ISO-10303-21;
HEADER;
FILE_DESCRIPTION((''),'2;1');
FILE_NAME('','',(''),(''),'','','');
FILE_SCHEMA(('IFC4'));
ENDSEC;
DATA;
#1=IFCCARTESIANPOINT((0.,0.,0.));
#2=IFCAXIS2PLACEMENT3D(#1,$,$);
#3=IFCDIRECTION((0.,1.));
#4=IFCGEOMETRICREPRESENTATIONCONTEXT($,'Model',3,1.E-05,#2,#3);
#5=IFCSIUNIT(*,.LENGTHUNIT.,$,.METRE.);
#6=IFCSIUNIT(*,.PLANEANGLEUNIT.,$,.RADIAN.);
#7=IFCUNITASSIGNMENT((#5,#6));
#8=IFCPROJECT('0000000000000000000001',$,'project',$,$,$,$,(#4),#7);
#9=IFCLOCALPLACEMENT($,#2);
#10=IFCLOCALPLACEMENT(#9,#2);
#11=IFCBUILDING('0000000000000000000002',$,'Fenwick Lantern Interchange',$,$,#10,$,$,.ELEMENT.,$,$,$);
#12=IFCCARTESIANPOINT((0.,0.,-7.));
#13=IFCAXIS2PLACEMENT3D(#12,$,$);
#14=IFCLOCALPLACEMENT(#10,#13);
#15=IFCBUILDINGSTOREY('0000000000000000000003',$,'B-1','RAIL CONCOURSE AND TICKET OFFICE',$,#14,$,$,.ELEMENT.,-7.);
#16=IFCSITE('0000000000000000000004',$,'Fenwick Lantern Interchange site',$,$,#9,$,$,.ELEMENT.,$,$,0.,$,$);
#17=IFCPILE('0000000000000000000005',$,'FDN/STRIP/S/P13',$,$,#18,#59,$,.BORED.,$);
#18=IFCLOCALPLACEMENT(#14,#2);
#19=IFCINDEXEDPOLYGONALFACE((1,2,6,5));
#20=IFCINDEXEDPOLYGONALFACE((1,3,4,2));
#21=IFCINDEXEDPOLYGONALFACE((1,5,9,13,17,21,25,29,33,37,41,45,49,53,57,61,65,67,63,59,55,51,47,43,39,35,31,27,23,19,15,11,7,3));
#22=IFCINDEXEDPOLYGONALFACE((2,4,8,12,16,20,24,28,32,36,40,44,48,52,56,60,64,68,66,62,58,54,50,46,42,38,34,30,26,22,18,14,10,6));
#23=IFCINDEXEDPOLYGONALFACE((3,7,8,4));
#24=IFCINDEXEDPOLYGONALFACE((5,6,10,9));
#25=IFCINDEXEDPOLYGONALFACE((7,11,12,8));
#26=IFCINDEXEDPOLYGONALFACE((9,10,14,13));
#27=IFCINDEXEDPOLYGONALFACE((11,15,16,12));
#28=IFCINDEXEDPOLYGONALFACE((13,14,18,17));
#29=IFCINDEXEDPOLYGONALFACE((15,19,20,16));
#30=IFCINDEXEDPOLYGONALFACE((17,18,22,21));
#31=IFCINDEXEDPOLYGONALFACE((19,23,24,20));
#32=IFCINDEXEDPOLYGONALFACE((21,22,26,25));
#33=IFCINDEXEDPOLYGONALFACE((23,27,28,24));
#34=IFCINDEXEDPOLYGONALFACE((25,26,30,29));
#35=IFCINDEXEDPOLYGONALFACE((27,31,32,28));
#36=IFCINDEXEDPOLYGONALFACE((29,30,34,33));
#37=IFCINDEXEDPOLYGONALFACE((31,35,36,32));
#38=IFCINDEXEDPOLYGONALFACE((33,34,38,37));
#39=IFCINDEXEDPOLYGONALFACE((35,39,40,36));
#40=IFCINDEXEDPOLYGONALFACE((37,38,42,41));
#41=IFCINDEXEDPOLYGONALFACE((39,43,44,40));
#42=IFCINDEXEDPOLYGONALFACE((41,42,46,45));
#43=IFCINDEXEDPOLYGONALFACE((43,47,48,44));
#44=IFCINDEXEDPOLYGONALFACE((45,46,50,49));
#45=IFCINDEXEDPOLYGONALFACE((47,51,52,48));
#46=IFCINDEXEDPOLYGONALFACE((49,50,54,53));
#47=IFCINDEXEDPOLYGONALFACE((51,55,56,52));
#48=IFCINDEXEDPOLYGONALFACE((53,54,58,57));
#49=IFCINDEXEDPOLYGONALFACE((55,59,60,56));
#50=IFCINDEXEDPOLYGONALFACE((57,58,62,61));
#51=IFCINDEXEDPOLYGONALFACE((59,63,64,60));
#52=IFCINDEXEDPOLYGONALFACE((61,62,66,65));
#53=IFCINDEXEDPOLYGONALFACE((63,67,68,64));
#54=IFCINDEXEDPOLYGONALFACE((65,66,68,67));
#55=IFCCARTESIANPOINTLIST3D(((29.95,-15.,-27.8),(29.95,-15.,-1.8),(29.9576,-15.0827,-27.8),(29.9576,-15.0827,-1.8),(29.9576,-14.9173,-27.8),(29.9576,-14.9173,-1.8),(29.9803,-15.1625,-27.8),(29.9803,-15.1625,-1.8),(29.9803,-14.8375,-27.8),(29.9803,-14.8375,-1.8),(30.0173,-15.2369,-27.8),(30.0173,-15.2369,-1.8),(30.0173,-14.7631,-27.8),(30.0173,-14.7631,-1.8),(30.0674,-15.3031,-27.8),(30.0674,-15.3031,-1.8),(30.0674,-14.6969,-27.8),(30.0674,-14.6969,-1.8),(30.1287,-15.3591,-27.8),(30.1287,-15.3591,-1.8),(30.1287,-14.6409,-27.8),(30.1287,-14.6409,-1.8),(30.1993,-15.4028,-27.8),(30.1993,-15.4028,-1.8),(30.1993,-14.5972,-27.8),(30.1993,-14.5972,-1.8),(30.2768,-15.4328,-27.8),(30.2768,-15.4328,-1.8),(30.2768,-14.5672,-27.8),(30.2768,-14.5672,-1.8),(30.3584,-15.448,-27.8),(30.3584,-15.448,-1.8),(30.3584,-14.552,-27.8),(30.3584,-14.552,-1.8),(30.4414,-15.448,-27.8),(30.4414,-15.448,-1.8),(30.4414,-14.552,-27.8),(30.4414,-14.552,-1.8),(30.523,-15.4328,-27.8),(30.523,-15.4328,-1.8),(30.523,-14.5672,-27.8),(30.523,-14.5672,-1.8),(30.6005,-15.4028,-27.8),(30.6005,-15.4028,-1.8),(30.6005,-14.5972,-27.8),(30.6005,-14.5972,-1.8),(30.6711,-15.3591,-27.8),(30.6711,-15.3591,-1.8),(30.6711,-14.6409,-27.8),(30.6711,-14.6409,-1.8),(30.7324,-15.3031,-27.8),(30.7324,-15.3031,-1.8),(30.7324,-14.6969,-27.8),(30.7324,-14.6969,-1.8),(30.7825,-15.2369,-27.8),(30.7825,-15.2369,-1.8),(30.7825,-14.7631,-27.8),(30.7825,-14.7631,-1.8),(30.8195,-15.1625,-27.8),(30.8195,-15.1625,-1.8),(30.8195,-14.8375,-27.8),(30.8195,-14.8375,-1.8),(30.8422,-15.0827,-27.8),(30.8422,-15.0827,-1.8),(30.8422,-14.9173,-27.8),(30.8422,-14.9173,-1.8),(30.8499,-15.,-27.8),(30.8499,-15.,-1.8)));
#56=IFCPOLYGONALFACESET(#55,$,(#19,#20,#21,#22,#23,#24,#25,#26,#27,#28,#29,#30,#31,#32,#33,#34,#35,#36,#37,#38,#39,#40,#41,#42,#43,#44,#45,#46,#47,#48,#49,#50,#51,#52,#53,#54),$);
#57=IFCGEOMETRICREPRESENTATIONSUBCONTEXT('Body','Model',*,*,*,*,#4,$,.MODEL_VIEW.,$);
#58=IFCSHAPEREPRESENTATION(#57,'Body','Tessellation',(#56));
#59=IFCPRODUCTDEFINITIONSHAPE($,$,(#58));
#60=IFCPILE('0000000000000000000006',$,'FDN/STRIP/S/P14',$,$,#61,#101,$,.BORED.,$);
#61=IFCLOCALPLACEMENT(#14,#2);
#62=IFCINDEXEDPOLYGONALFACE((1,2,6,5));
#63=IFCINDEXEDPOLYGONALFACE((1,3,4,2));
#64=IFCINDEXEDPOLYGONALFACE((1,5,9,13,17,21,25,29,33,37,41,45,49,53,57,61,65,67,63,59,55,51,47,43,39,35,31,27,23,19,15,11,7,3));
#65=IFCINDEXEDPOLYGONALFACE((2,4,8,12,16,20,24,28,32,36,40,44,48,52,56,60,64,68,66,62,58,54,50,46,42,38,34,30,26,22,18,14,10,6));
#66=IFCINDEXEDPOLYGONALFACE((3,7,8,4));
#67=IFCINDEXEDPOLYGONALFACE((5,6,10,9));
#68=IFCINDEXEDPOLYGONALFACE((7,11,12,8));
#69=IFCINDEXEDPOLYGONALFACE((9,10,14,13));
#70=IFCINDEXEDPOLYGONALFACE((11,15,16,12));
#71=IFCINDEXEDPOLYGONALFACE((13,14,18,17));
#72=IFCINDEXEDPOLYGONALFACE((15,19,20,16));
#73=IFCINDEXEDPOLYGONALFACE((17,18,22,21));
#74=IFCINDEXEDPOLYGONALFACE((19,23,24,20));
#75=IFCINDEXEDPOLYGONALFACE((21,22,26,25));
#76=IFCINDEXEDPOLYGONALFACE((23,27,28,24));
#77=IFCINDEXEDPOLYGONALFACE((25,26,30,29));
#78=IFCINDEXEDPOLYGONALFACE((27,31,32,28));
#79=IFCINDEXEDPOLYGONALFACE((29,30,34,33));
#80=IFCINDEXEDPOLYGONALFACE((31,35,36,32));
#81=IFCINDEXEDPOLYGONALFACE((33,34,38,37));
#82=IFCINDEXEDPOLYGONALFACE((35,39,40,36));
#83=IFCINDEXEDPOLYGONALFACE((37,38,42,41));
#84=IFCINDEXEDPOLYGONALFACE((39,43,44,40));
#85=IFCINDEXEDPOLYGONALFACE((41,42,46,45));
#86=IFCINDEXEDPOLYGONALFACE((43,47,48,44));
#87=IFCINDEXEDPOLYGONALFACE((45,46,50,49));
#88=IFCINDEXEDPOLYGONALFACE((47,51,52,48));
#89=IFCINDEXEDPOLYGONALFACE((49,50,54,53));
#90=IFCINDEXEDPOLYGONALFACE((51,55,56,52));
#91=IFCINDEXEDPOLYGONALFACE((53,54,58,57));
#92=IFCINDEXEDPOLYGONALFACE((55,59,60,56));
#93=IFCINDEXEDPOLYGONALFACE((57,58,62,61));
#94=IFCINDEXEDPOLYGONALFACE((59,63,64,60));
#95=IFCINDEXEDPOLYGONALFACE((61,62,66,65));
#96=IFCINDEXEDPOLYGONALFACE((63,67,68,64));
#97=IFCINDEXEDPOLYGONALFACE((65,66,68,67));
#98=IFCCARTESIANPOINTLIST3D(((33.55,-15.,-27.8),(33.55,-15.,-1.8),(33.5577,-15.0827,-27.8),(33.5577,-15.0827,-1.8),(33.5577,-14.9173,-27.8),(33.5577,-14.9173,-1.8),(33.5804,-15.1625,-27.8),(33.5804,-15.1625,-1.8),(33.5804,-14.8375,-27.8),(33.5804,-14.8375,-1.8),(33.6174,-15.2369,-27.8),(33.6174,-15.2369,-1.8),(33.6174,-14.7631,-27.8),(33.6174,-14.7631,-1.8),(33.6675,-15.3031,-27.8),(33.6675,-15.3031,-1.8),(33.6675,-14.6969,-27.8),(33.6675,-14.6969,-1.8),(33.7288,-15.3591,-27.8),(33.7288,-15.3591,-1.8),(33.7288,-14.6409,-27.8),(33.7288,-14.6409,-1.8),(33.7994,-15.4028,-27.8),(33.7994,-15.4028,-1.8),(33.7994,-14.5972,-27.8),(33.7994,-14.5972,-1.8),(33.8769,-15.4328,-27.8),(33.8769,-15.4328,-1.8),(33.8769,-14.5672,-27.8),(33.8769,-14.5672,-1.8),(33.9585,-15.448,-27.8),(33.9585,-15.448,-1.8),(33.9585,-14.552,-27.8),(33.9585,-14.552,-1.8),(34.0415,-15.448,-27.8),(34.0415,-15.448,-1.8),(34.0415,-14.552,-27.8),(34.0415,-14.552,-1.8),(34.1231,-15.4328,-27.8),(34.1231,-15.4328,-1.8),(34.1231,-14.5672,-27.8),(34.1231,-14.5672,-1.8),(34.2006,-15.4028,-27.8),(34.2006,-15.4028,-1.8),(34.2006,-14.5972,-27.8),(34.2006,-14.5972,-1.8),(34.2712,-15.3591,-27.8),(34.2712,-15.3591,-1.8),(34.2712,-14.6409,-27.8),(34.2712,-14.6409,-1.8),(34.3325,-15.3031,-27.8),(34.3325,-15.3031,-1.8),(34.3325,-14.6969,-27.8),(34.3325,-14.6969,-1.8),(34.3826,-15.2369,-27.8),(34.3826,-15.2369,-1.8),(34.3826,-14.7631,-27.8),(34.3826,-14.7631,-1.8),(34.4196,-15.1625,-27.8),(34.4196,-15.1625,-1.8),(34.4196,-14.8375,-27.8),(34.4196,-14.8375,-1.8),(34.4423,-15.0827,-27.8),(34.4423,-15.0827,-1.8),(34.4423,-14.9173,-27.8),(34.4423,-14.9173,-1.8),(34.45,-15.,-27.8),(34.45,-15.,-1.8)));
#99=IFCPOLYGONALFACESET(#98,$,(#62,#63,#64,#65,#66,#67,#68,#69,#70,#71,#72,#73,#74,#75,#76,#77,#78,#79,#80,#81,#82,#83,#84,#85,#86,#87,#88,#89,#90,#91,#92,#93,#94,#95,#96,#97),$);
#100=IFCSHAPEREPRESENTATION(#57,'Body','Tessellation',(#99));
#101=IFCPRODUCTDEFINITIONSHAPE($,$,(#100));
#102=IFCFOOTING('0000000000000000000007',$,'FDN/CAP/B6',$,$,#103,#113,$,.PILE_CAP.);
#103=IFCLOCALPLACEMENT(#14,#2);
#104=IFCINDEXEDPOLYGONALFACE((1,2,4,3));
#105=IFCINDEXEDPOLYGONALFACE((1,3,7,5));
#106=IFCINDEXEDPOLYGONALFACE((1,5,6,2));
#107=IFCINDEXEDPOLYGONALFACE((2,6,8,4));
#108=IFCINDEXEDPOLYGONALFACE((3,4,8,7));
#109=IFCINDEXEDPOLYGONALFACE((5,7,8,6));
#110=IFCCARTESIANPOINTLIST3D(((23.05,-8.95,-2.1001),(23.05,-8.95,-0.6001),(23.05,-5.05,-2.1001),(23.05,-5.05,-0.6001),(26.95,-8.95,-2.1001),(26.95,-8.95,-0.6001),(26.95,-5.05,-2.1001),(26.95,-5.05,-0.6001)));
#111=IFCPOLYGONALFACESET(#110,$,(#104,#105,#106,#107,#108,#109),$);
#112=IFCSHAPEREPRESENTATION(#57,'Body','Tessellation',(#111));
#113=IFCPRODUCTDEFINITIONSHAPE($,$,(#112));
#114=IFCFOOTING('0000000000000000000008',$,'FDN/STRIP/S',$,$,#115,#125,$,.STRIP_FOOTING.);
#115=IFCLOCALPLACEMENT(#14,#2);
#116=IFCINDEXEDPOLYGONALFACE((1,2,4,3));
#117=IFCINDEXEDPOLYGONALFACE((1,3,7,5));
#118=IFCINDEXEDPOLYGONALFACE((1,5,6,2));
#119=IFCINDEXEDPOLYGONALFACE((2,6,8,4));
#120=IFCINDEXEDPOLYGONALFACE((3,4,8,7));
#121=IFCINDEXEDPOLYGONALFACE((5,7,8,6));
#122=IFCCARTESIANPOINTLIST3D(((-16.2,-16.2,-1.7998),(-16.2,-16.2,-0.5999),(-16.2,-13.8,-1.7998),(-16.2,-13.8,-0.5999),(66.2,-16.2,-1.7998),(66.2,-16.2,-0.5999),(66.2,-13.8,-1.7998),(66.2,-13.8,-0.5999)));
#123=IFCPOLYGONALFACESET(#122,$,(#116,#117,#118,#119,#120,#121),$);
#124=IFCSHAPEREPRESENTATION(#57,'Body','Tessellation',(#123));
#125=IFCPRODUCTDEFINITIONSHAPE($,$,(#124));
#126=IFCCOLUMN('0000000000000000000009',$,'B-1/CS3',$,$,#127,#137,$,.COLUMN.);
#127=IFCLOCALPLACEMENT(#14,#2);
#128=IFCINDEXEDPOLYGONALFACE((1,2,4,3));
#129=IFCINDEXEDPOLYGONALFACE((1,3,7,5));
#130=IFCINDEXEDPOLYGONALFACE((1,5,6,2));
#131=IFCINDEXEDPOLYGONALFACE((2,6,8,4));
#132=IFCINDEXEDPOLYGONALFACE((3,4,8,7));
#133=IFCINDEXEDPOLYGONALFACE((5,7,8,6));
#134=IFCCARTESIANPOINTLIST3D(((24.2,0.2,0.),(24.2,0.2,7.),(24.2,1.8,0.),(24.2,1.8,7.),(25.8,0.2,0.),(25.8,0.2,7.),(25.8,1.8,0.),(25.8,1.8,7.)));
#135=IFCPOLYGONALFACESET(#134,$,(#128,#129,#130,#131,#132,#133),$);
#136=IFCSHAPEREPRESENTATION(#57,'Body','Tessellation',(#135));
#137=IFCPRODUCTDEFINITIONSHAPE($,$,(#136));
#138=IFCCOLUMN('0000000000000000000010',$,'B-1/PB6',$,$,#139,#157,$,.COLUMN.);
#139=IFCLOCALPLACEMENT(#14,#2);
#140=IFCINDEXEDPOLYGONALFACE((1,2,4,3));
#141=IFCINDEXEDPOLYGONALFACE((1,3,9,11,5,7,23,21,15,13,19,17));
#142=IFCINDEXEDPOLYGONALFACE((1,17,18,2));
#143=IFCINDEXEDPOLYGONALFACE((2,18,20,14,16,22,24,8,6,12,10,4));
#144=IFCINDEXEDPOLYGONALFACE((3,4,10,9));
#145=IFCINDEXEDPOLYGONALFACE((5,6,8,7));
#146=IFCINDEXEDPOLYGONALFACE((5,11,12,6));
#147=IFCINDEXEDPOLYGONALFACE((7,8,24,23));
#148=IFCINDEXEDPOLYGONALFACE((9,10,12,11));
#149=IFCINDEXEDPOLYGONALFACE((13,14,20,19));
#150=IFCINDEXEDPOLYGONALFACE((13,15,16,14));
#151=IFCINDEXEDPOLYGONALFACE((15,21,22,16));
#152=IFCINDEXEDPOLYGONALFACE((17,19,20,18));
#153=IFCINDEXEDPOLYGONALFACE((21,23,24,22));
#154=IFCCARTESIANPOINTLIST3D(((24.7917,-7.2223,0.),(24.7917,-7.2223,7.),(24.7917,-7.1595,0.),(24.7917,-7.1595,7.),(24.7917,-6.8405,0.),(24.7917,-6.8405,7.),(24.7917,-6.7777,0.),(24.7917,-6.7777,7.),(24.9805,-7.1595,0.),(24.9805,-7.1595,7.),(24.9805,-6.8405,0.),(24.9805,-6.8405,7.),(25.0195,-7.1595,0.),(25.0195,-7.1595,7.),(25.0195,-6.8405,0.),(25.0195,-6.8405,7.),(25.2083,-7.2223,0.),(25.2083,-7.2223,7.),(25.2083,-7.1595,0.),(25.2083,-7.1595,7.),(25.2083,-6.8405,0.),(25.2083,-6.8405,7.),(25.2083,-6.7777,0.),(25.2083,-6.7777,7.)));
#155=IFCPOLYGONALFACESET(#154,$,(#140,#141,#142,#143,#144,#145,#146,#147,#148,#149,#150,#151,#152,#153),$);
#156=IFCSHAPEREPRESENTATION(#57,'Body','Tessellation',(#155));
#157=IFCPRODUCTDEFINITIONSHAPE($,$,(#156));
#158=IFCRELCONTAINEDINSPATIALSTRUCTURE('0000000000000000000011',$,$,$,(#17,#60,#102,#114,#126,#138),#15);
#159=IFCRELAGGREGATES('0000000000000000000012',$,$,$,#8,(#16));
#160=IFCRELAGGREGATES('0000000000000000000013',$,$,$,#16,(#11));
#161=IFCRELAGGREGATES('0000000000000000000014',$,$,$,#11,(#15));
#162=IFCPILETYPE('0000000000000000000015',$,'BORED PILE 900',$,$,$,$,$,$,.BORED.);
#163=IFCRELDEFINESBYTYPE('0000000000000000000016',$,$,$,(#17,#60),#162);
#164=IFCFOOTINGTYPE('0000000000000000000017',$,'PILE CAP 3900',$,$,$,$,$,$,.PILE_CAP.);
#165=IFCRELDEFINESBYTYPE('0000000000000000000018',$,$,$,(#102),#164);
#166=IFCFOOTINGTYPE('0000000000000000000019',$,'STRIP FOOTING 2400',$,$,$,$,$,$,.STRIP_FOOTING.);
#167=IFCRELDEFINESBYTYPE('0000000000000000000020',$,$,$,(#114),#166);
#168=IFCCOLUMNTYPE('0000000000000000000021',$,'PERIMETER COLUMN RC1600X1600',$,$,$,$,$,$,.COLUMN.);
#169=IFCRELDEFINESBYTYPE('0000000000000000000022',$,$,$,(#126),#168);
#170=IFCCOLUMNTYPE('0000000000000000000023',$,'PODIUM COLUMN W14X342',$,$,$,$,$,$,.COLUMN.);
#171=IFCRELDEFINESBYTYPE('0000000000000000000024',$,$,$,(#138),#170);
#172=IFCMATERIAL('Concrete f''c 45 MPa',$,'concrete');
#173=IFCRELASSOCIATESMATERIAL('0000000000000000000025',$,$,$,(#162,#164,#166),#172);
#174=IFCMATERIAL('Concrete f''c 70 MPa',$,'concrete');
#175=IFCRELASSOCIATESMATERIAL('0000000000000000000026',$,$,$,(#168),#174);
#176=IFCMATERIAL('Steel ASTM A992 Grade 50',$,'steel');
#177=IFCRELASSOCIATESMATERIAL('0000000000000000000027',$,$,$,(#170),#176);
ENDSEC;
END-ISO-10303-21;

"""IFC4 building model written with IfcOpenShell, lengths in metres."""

from ifc_helpers import new_model, si_unit, direction, frame, origin, origin_2d, place, context, subcontext, project, spatial, rectangle, circle, i_section, extrude, material, material_profile, profile_set, type_object, element, save


model = new_model("IFC4")

# Units and contexts
model_context = context("Model", 3, precision=1e-05, world=origin(), true_north=direction((0.0, 1.0)))
body_context = subcontext(model_context, "Body", "Model", "MODEL_VIEW")
ifc_project = project(units=[si_unit("LENGTHUNIT", "METRE"), si_unit("PLANEANGLEUNIT", "RADIAN")], contexts=[model_context])

# Site, building, storey
site_placement = place(None, origin())
site = spatial("IfcSite", under=ifc_project, at=site_placement, Name="Fenwick Lantern Interchange site", CompositionType="ELEMENT", RefElevation=0.0)
building_placement = place(site_placement, origin())
building = spatial("IfcBuilding", under=site, at=building_placement, Name="Fenwick Lantern Interchange", CompositionType="ELEMENT")
storey_placement = place(building_placement, frame((0.0, 0.0, -7.0)))
storey = spatial("IfcBuildingStorey", under=building, at=storey_placement, Name="B-1", Description="RAIL CONCOURSE AND TICKET OFFICE", CompositionType="ELEMENT", Elevation=-7.0)

# Piles
ifc_material_1 = material(Name="Concrete f'c 45 MPa", Category="concrete")
pile_type_1 = type_object("IfcPileType", Name="BORED PILE 900", PredefinedType="BORED", material=ifc_material_1)
for number, where, z_axis, x_axis, name in (
    (1, (30.3999, -15.0, -1.8), (0.0, 0.0, -1.0), (1.0, 0.0, 0.0), "FDN/STRIP/S/P13"),
    (2, (34.0, -15.0, -1.8), (0.0, 0.0, -1.0), (1.0, 0.0, 0.0), "FDN/STRIP/S/P14"),
):
    element("IfcPile", number, at=place(storey_placement, frame(where, z_axis=z_axis, x_axis=x_axis)), inside=storey, type_object=pile_type_1, Name=name, PredefinedType="BORED", context=body_context, shape_type="SweptSolid", body=[
        extrude(circle(Radius=0.45, at=origin_2d()), origin(), (0.0, 0.0, 1.0), 26.0),
    ])

# Footings
footing_type_1 = type_object("IfcFootingType", Name="PILE CAP 3900", PredefinedType="PILE_CAP", material=ifc_material_1)
footing_1_placement = place(storey_placement, frame((25.0, -7.0, -2.1001), z_axis=(0.0, 0.0, 1.0), x_axis=(1.0, 0.0, 0.0)))
element("IfcFooting", 3, at=footing_1_placement, inside=storey, type_object=footing_type_1, Name="FDN/CAP/B6", PredefinedType="PILE_CAP", context=body_context, shape_type="SweptSolid", body=[
    extrude(rectangle(XDim=3.8999, YDim=3.8999, at=origin_2d()), origin(), (0.0, 0.0, 1.0), 1.5),
])
footing_type_2 = type_object("IfcFootingType", Name="STRIP FOOTING 2400", PredefinedType="STRIP_FOOTING", material=ifc_material_1)
footing_2_placement = place(storey_placement, frame((25.0, -15.0, -1.7998), z_axis=(0.0, 0.0, 1.0), x_axis=(1.0, 0.0, 0.0)))
element("IfcFooting", 4, at=footing_2_placement, inside=storey, type_object=footing_type_2, Name="FDN/STRIP/S", PredefinedType="STRIP_FOOTING", context=body_context, shape_type="SweptSolid", body=[
    extrude(rectangle(XDim=82.3999, YDim=2.3999, at=origin_2d()), origin(), (0.0, 0.0, 1.0), 1.2),
])

# Columns
ifc_material_2 = material(Name="Concrete f'c 70 MPa", Category="concrete")
ifc_material_profile_1 = material_profile(ifc_material_2, rectangle(XDim=1.6001, YDim=1.6001, at=origin_2d()), Name="RC1600X1600")
ifc_profile_set_1 = profile_set([ifc_material_profile_1], Name="Concrete f'c 70 MPa")
column_type_1 = type_object("IfcColumnType", Name="PERIMETER COLUMN RC1600X1600", PredefinedType="COLUMN", material=ifc_profile_set_1)
column_1_placement = place(storey_placement, frame((25.0, 1.0, 0.0), z_axis=(0.0, 0.0, 1.0), x_axis=(1.0, 0.0, 0.0)))
element("IfcColumn", 5, at=column_1_placement, inside=storey, type_object=column_type_1, Name="B-1/CS3", PredefinedType="COLUMN", context=body_context, shape_type="SweptSolid", body=[
    extrude(rectangle(XDim=1.6001, YDim=1.6001, at=origin_2d()), origin(), (0.0, 0.0, 1.0), 7.0),
])
ifc_material_3 = material(Name="Steel ASTM A992 Grade 50", Category="steel")
ifc_material_profile_2 = material_profile(ifc_material_3, i_section(OverallWidth=0.4165, OverallDepth=0.4446, WebThickness=0.0391, FlangeThickness=0.0627, at=origin_2d()), Name="W14X342")
ifc_profile_set_2 = profile_set([ifc_material_profile_2], Name="Steel ASTM A992 Grade 50")
column_type_2 = type_object("IfcColumnType", Name="PODIUM COLUMN W14X342", PredefinedType="COLUMN", material=ifc_profile_set_2)
column_2_placement = place(storey_placement, frame((25.0, -7.0, 0.0), z_axis=(0.0, 0.0, 1.0), x_axis=(1.0, 0.0, 0.0)))
element("IfcColumn", 6, at=column_2_placement, inside=storey, type_object=column_type_2, Name="B-1/PB6", PredefinedType="COLUMN", context=body_context, shape_type="SweptSolid", body=[
    extrude(i_section(OverallWidth=0.4165, OverallDepth=0.4446, WebThickness=0.0391, FlangeThickness=0.0627, at=origin_2d()), origin(), (0.0, 0.0, 1.0), 7.0),
])

save(model, "model.ifc")
